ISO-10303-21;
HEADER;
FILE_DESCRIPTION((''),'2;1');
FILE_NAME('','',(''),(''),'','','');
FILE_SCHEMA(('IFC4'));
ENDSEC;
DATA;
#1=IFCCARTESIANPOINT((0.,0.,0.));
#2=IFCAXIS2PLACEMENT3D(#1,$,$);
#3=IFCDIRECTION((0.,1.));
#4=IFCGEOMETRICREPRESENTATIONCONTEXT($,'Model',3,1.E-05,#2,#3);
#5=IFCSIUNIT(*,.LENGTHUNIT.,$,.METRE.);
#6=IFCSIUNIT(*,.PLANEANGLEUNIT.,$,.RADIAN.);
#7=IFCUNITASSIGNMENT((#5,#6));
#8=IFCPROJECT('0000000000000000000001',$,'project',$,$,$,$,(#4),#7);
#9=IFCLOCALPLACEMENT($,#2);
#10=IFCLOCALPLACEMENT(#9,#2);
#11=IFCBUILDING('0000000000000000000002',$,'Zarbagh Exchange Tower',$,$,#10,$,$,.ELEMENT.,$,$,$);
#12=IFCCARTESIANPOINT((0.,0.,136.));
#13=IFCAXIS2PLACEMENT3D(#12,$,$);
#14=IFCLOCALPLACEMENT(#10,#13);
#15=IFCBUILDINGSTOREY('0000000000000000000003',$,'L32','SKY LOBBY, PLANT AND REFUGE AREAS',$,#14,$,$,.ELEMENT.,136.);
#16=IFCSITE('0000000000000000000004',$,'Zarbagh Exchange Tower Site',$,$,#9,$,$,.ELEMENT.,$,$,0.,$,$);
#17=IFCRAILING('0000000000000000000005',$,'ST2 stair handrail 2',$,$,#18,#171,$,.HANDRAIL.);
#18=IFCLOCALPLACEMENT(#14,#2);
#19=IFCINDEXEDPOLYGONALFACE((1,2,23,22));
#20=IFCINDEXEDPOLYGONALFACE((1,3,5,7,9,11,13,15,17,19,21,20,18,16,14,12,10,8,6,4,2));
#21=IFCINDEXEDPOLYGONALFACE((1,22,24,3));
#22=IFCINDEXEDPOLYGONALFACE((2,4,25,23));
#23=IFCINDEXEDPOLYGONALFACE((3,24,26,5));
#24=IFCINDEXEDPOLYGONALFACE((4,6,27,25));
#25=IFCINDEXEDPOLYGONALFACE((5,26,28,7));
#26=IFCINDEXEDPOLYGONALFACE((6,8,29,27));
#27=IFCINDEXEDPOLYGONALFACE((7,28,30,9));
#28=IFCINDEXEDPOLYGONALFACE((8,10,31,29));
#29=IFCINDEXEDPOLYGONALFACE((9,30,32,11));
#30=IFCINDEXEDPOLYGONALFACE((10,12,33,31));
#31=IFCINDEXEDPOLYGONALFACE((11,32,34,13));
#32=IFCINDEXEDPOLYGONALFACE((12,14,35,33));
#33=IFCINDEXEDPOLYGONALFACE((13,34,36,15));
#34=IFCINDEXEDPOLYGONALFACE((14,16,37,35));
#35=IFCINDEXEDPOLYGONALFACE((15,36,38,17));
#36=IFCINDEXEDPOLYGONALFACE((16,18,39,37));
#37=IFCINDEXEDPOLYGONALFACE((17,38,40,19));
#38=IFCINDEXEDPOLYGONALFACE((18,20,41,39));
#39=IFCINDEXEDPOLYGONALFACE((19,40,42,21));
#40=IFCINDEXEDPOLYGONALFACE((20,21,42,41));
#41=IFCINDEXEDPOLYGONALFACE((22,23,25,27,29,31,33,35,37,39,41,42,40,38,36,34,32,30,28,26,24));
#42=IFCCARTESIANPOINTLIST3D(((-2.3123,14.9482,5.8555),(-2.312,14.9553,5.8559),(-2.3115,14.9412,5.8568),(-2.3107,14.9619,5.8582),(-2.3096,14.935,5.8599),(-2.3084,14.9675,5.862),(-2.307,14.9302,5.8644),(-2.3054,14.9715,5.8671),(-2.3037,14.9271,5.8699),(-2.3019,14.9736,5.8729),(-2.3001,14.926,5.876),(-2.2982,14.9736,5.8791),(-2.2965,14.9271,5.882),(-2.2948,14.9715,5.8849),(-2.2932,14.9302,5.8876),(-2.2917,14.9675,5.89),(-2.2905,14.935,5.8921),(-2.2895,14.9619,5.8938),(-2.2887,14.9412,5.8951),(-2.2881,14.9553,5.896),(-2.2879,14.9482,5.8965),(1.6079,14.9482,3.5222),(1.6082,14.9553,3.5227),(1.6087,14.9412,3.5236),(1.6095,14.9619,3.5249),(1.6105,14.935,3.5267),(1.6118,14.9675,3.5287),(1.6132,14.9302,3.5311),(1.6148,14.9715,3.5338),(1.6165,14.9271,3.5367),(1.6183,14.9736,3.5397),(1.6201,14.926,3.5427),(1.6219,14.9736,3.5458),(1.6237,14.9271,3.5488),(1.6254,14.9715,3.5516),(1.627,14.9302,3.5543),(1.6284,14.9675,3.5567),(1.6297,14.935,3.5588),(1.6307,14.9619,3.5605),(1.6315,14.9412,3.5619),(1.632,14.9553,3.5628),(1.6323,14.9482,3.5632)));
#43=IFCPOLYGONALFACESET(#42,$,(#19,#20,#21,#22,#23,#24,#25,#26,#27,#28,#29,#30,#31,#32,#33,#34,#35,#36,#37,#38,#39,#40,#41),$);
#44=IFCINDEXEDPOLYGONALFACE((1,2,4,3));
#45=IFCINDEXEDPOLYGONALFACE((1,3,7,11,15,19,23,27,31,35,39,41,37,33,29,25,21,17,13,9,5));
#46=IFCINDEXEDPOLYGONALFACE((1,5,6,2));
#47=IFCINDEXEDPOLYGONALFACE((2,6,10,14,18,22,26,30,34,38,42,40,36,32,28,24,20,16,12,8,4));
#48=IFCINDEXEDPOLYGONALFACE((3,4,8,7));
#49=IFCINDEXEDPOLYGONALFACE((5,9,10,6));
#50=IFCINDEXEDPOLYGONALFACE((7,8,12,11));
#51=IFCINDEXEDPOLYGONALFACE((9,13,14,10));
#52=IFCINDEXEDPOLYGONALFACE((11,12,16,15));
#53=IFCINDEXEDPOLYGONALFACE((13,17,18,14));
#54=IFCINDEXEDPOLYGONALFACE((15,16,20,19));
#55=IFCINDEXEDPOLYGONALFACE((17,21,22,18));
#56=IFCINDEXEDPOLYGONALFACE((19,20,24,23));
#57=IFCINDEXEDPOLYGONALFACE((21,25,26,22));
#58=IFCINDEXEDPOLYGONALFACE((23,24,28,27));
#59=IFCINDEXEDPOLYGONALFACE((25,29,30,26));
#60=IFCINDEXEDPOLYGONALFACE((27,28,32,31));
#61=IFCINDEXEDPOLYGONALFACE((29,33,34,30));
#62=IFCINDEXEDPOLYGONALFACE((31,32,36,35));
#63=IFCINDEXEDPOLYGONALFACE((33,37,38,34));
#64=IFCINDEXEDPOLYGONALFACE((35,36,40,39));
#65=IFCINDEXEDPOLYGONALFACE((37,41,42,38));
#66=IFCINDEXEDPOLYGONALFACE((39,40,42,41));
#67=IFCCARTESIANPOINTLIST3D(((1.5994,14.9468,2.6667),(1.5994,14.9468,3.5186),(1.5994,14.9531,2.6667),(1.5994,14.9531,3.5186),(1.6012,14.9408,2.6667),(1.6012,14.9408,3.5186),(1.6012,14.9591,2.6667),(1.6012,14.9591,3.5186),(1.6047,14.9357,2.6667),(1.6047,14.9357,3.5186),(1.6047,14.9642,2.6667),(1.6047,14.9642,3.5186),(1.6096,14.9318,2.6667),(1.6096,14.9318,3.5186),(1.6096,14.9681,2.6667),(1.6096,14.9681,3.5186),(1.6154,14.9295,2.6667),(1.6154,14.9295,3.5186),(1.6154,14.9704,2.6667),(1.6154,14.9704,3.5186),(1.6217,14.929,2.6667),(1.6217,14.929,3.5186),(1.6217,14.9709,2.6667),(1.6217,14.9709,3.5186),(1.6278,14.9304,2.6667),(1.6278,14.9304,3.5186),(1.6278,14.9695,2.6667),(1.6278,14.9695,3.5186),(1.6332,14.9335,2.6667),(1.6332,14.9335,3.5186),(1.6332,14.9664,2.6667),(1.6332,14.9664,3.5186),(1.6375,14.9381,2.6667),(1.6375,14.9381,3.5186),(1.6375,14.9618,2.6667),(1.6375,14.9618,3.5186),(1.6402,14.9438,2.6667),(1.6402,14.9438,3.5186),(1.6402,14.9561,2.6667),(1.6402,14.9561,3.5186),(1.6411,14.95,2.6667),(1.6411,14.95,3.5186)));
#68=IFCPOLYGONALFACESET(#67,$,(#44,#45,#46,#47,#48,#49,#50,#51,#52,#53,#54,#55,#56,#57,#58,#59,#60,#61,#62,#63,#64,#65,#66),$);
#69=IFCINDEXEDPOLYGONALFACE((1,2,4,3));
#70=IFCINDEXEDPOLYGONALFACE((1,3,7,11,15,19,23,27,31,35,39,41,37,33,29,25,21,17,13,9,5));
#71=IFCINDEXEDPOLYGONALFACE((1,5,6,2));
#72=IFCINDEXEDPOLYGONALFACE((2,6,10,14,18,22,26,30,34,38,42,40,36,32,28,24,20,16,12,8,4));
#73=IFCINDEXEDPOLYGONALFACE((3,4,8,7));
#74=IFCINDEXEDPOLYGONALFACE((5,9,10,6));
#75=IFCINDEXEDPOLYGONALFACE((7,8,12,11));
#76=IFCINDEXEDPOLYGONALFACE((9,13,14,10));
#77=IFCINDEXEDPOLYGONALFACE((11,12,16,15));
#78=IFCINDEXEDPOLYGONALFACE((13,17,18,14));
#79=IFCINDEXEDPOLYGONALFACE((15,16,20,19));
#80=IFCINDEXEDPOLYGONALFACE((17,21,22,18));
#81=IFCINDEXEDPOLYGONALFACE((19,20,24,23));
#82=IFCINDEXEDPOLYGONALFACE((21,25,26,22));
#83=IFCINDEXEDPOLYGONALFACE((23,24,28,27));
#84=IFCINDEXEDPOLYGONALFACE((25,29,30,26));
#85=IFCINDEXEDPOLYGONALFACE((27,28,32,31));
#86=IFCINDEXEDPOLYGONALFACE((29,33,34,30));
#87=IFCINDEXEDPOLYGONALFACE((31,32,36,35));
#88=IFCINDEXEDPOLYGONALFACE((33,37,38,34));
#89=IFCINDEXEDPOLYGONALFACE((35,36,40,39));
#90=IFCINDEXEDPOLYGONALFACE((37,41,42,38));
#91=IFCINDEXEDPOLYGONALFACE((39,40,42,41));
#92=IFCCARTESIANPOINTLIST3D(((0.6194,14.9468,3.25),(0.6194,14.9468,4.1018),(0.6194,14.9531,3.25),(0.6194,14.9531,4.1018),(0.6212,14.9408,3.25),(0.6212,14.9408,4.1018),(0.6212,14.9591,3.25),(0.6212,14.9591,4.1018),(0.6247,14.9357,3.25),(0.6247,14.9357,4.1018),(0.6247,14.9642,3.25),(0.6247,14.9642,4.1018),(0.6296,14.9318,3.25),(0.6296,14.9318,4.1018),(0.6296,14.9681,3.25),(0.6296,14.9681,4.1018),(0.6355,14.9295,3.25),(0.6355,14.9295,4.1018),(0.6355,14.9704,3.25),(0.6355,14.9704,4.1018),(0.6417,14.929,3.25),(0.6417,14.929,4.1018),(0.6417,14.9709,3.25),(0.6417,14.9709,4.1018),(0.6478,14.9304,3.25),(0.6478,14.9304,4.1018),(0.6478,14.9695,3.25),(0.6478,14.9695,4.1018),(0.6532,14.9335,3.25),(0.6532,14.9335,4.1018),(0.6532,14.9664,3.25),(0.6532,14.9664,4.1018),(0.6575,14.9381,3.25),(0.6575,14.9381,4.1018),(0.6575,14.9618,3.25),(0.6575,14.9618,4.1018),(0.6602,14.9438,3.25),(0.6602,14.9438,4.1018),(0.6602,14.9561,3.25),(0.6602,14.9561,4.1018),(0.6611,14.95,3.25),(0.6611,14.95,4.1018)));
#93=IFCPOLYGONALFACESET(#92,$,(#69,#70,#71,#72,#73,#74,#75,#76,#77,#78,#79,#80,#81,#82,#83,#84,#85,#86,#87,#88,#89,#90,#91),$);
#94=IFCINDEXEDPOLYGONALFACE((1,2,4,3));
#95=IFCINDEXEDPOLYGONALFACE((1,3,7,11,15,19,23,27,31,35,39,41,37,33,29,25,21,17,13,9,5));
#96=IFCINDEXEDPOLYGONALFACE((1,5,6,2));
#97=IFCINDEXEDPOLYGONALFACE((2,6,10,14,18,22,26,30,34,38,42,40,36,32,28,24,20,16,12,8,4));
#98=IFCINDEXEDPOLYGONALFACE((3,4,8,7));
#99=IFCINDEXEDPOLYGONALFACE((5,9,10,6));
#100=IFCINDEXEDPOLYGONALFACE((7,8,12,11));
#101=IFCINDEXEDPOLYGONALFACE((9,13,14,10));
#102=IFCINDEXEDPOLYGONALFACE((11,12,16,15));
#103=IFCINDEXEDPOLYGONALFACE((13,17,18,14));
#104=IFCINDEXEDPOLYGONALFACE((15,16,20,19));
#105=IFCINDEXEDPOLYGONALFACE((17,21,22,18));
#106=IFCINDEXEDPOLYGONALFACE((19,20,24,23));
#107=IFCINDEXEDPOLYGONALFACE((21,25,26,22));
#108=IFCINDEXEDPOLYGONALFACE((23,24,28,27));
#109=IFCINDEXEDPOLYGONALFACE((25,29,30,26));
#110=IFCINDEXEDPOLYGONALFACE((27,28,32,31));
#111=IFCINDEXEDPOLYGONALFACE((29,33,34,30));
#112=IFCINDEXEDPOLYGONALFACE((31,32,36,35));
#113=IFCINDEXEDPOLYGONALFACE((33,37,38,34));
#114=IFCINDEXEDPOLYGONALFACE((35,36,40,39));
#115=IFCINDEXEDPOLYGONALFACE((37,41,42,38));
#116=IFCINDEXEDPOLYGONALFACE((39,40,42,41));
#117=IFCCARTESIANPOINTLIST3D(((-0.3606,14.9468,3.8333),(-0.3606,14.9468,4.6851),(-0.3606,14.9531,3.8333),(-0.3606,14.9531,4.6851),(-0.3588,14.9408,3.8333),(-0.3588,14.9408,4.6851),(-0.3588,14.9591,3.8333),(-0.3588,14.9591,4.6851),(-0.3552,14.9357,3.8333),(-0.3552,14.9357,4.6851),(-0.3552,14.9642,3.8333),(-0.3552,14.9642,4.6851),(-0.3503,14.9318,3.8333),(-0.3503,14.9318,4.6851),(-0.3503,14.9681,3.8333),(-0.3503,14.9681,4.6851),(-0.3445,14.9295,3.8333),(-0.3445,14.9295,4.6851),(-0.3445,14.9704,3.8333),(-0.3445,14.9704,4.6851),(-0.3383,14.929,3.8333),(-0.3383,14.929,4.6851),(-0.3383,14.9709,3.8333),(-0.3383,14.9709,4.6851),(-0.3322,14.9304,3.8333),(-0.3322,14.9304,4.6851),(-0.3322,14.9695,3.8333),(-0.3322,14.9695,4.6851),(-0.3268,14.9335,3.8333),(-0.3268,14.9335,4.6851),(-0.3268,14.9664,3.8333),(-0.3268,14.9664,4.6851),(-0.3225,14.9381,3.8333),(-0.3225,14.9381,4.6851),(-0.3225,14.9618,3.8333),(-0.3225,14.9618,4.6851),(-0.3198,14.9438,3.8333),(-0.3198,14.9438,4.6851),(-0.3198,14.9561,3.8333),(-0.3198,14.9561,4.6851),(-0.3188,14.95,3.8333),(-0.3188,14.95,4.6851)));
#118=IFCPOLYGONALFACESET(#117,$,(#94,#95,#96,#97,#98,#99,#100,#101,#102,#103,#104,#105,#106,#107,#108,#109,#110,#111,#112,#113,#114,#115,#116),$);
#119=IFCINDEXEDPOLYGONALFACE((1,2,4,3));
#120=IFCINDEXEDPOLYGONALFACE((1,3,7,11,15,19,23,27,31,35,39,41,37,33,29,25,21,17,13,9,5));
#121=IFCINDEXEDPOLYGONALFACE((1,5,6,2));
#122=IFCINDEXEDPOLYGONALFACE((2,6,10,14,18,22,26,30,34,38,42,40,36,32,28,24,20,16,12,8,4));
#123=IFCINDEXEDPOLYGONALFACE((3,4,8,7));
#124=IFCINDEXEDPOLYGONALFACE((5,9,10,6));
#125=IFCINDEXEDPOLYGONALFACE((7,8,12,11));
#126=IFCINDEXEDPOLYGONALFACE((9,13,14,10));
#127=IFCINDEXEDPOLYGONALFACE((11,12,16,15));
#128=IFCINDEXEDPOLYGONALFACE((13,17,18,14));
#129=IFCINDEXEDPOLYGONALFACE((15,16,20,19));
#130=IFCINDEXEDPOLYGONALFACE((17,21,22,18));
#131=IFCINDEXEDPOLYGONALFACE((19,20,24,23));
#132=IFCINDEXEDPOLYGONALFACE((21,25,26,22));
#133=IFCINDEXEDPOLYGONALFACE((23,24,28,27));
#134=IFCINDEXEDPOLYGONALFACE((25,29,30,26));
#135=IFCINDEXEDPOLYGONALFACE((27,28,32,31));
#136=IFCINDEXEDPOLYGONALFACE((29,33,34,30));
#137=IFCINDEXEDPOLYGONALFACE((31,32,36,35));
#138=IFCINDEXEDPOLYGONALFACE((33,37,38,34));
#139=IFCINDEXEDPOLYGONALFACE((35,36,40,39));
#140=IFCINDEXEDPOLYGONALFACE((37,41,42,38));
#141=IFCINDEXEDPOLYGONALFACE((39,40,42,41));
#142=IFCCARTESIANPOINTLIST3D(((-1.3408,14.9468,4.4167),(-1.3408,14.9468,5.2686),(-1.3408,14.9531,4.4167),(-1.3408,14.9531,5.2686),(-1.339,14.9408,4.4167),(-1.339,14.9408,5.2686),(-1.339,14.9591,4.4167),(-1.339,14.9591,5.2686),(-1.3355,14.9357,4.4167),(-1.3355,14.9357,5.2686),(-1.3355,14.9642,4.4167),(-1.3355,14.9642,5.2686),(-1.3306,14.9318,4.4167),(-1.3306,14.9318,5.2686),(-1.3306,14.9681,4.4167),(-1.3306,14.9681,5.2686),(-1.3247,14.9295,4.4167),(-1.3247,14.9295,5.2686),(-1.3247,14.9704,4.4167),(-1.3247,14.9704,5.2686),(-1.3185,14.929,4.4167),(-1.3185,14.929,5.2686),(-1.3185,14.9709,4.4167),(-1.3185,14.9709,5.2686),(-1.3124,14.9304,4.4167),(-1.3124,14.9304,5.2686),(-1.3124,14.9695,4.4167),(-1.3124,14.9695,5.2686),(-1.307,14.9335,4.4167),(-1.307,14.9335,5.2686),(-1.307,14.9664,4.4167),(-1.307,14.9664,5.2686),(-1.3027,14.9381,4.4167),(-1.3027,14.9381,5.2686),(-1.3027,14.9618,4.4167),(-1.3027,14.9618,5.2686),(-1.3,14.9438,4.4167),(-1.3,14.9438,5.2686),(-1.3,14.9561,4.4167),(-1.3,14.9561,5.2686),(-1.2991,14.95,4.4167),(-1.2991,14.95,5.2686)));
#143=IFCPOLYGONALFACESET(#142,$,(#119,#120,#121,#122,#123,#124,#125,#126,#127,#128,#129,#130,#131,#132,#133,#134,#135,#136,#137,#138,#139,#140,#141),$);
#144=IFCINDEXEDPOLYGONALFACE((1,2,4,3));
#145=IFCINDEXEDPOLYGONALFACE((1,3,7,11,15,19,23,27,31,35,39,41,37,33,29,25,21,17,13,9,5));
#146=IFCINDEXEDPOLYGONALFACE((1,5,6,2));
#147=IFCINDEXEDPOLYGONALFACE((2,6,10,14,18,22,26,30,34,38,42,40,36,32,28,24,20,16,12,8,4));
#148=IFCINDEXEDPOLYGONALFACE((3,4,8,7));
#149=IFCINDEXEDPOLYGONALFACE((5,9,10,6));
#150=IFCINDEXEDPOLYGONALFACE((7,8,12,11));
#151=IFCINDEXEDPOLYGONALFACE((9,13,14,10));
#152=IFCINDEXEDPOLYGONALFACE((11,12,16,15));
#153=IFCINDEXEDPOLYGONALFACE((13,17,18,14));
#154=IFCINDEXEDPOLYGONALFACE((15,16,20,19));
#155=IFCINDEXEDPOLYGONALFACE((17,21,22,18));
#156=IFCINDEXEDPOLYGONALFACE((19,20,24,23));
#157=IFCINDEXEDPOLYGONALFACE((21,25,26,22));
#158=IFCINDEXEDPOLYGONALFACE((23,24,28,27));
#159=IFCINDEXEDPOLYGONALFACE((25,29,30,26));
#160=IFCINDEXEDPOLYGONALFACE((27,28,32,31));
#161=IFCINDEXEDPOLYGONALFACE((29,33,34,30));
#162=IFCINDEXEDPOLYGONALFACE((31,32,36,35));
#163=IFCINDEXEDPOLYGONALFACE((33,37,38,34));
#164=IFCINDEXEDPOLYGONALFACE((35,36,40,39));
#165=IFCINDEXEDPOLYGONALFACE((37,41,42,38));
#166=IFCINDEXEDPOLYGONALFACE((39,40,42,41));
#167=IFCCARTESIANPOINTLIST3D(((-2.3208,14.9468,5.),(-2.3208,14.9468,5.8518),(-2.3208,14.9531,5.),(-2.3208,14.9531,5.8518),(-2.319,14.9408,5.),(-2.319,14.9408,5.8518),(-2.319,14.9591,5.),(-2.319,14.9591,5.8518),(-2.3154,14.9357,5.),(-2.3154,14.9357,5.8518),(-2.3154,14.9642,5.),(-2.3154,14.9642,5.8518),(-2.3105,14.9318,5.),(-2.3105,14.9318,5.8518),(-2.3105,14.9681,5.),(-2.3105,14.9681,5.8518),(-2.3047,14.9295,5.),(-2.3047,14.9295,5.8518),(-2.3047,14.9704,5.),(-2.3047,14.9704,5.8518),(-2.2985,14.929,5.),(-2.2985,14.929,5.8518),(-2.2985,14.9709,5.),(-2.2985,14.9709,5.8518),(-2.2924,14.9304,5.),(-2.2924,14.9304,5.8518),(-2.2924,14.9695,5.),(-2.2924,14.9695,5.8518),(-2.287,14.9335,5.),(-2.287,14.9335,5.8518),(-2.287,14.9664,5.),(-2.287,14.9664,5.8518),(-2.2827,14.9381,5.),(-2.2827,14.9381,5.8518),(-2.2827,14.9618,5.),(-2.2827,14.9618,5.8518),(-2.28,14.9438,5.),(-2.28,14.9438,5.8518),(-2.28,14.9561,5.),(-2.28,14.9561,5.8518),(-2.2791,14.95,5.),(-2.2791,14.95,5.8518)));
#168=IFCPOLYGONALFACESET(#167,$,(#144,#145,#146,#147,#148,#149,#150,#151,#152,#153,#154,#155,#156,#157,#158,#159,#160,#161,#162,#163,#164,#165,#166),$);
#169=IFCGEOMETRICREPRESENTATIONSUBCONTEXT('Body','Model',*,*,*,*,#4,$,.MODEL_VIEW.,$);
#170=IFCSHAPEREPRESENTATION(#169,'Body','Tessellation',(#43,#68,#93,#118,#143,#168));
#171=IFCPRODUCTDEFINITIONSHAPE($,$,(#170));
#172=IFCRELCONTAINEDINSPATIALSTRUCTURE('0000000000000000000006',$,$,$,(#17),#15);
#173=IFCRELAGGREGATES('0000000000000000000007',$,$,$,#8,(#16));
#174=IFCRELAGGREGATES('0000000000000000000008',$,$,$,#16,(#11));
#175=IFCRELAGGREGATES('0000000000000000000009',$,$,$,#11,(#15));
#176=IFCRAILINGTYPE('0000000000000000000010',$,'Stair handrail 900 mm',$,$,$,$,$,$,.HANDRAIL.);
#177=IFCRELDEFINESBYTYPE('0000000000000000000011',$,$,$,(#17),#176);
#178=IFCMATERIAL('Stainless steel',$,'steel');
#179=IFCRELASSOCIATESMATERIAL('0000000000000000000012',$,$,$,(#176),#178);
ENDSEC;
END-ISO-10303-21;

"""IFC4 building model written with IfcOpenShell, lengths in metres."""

from ifc_helpers import new_model, si_unit, direction, frame, origin, origin_2d, place, context, subcontext, project, spatial, circle, extrude, material, type_object, element, save


model = new_model("IFC4")

# Units and contexts
model_context = context("Model", 3, precision=1e-05, world=origin(), true_north=direction((0.0, 1.0)))
body_context = subcontext(model_context, "Body", "Model", "MODEL_VIEW")
ifc_project = project(units=[si_unit("LENGTHUNIT", "METRE"), si_unit("PLANEANGLEUNIT", "RADIAN")], contexts=[model_context])

# Site, building, storey
site_placement = place(None, origin())
site = spatial("IfcSite", under=ifc_project, at=site_placement, Name="Zarbagh Exchange Tower Site", CompositionType="ELEMENT", RefElevation=0.0)
building_placement = place(site_placement, origin())
building = spatial("IfcBuilding", under=site, at=building_placement, Name="Zarbagh Exchange Tower", CompositionType="ELEMENT")
storey_placement = place(building_placement, frame((0.0, 0.0, 136.0)))
storey = spatial("IfcBuildingStorey", under=building, at=storey_placement, Name="L32", Description="SKY LOBBY, PLANT AND REFUGE AREAS", CompositionType="ELEMENT", Elevation=136.0)

# Shared definitions
ifc_material_1 = material(Name="Stainless steel", Category="steel")

# Railing
railing_type = type_object("IfcRailingType", Name="Stair handrail 900 mm", PredefinedType="HANDRAIL", material=ifc_material_1)
for number, where, name in (
    (1, (1.6201, 14.95, 2.6667), "ST2 stair handrail 2"),
):
    element("IfcRailing", number, at=place(storey_placement, frame(where)), inside=storey, type_object=railing_type, Name=name, PredefinedType="HANDRAIL", context=body_context, shape_type="SweptSolid", body=[
        extrude(circle(Radius=0.0239, at=origin_2d()), frame((0.0, 0.0, 0.876), z_axis=(-0.85931, 0.0, 0.511455), x_axis=(0.0, -1.0, 0.0)), (0.0, 0.0, 1.0), 4.562),
        extrude(circle(Radius=0.021, at=origin_2d()), origin(), (0.0, 0.0, 1.0), 0.8518),
        extrude(circle(Radius=0.021, at=origin_2d()), frame((-0.98, 0.0, 0.5833)), (0.0, 0.0, 1.0), 0.8518),
        extrude(circle(Radius=0.021, at=origin_2d()), frame((-1.96, 0.0, 1.1665)), (0.0, 0.0, 1.0), 0.8518),
        extrude(circle(Radius=0.021, at=origin_2d()), frame((-2.9402, 0.0, 1.75)), (0.0, 0.0, 1.0), 0.8518),
        extrude(circle(Radius=0.021, at=origin_2d()), frame((-3.9202, 0.0, 2.3333)), (0.0, 0.0, 1.0), 0.8518),
    ])

save(model, "model.ifc")
